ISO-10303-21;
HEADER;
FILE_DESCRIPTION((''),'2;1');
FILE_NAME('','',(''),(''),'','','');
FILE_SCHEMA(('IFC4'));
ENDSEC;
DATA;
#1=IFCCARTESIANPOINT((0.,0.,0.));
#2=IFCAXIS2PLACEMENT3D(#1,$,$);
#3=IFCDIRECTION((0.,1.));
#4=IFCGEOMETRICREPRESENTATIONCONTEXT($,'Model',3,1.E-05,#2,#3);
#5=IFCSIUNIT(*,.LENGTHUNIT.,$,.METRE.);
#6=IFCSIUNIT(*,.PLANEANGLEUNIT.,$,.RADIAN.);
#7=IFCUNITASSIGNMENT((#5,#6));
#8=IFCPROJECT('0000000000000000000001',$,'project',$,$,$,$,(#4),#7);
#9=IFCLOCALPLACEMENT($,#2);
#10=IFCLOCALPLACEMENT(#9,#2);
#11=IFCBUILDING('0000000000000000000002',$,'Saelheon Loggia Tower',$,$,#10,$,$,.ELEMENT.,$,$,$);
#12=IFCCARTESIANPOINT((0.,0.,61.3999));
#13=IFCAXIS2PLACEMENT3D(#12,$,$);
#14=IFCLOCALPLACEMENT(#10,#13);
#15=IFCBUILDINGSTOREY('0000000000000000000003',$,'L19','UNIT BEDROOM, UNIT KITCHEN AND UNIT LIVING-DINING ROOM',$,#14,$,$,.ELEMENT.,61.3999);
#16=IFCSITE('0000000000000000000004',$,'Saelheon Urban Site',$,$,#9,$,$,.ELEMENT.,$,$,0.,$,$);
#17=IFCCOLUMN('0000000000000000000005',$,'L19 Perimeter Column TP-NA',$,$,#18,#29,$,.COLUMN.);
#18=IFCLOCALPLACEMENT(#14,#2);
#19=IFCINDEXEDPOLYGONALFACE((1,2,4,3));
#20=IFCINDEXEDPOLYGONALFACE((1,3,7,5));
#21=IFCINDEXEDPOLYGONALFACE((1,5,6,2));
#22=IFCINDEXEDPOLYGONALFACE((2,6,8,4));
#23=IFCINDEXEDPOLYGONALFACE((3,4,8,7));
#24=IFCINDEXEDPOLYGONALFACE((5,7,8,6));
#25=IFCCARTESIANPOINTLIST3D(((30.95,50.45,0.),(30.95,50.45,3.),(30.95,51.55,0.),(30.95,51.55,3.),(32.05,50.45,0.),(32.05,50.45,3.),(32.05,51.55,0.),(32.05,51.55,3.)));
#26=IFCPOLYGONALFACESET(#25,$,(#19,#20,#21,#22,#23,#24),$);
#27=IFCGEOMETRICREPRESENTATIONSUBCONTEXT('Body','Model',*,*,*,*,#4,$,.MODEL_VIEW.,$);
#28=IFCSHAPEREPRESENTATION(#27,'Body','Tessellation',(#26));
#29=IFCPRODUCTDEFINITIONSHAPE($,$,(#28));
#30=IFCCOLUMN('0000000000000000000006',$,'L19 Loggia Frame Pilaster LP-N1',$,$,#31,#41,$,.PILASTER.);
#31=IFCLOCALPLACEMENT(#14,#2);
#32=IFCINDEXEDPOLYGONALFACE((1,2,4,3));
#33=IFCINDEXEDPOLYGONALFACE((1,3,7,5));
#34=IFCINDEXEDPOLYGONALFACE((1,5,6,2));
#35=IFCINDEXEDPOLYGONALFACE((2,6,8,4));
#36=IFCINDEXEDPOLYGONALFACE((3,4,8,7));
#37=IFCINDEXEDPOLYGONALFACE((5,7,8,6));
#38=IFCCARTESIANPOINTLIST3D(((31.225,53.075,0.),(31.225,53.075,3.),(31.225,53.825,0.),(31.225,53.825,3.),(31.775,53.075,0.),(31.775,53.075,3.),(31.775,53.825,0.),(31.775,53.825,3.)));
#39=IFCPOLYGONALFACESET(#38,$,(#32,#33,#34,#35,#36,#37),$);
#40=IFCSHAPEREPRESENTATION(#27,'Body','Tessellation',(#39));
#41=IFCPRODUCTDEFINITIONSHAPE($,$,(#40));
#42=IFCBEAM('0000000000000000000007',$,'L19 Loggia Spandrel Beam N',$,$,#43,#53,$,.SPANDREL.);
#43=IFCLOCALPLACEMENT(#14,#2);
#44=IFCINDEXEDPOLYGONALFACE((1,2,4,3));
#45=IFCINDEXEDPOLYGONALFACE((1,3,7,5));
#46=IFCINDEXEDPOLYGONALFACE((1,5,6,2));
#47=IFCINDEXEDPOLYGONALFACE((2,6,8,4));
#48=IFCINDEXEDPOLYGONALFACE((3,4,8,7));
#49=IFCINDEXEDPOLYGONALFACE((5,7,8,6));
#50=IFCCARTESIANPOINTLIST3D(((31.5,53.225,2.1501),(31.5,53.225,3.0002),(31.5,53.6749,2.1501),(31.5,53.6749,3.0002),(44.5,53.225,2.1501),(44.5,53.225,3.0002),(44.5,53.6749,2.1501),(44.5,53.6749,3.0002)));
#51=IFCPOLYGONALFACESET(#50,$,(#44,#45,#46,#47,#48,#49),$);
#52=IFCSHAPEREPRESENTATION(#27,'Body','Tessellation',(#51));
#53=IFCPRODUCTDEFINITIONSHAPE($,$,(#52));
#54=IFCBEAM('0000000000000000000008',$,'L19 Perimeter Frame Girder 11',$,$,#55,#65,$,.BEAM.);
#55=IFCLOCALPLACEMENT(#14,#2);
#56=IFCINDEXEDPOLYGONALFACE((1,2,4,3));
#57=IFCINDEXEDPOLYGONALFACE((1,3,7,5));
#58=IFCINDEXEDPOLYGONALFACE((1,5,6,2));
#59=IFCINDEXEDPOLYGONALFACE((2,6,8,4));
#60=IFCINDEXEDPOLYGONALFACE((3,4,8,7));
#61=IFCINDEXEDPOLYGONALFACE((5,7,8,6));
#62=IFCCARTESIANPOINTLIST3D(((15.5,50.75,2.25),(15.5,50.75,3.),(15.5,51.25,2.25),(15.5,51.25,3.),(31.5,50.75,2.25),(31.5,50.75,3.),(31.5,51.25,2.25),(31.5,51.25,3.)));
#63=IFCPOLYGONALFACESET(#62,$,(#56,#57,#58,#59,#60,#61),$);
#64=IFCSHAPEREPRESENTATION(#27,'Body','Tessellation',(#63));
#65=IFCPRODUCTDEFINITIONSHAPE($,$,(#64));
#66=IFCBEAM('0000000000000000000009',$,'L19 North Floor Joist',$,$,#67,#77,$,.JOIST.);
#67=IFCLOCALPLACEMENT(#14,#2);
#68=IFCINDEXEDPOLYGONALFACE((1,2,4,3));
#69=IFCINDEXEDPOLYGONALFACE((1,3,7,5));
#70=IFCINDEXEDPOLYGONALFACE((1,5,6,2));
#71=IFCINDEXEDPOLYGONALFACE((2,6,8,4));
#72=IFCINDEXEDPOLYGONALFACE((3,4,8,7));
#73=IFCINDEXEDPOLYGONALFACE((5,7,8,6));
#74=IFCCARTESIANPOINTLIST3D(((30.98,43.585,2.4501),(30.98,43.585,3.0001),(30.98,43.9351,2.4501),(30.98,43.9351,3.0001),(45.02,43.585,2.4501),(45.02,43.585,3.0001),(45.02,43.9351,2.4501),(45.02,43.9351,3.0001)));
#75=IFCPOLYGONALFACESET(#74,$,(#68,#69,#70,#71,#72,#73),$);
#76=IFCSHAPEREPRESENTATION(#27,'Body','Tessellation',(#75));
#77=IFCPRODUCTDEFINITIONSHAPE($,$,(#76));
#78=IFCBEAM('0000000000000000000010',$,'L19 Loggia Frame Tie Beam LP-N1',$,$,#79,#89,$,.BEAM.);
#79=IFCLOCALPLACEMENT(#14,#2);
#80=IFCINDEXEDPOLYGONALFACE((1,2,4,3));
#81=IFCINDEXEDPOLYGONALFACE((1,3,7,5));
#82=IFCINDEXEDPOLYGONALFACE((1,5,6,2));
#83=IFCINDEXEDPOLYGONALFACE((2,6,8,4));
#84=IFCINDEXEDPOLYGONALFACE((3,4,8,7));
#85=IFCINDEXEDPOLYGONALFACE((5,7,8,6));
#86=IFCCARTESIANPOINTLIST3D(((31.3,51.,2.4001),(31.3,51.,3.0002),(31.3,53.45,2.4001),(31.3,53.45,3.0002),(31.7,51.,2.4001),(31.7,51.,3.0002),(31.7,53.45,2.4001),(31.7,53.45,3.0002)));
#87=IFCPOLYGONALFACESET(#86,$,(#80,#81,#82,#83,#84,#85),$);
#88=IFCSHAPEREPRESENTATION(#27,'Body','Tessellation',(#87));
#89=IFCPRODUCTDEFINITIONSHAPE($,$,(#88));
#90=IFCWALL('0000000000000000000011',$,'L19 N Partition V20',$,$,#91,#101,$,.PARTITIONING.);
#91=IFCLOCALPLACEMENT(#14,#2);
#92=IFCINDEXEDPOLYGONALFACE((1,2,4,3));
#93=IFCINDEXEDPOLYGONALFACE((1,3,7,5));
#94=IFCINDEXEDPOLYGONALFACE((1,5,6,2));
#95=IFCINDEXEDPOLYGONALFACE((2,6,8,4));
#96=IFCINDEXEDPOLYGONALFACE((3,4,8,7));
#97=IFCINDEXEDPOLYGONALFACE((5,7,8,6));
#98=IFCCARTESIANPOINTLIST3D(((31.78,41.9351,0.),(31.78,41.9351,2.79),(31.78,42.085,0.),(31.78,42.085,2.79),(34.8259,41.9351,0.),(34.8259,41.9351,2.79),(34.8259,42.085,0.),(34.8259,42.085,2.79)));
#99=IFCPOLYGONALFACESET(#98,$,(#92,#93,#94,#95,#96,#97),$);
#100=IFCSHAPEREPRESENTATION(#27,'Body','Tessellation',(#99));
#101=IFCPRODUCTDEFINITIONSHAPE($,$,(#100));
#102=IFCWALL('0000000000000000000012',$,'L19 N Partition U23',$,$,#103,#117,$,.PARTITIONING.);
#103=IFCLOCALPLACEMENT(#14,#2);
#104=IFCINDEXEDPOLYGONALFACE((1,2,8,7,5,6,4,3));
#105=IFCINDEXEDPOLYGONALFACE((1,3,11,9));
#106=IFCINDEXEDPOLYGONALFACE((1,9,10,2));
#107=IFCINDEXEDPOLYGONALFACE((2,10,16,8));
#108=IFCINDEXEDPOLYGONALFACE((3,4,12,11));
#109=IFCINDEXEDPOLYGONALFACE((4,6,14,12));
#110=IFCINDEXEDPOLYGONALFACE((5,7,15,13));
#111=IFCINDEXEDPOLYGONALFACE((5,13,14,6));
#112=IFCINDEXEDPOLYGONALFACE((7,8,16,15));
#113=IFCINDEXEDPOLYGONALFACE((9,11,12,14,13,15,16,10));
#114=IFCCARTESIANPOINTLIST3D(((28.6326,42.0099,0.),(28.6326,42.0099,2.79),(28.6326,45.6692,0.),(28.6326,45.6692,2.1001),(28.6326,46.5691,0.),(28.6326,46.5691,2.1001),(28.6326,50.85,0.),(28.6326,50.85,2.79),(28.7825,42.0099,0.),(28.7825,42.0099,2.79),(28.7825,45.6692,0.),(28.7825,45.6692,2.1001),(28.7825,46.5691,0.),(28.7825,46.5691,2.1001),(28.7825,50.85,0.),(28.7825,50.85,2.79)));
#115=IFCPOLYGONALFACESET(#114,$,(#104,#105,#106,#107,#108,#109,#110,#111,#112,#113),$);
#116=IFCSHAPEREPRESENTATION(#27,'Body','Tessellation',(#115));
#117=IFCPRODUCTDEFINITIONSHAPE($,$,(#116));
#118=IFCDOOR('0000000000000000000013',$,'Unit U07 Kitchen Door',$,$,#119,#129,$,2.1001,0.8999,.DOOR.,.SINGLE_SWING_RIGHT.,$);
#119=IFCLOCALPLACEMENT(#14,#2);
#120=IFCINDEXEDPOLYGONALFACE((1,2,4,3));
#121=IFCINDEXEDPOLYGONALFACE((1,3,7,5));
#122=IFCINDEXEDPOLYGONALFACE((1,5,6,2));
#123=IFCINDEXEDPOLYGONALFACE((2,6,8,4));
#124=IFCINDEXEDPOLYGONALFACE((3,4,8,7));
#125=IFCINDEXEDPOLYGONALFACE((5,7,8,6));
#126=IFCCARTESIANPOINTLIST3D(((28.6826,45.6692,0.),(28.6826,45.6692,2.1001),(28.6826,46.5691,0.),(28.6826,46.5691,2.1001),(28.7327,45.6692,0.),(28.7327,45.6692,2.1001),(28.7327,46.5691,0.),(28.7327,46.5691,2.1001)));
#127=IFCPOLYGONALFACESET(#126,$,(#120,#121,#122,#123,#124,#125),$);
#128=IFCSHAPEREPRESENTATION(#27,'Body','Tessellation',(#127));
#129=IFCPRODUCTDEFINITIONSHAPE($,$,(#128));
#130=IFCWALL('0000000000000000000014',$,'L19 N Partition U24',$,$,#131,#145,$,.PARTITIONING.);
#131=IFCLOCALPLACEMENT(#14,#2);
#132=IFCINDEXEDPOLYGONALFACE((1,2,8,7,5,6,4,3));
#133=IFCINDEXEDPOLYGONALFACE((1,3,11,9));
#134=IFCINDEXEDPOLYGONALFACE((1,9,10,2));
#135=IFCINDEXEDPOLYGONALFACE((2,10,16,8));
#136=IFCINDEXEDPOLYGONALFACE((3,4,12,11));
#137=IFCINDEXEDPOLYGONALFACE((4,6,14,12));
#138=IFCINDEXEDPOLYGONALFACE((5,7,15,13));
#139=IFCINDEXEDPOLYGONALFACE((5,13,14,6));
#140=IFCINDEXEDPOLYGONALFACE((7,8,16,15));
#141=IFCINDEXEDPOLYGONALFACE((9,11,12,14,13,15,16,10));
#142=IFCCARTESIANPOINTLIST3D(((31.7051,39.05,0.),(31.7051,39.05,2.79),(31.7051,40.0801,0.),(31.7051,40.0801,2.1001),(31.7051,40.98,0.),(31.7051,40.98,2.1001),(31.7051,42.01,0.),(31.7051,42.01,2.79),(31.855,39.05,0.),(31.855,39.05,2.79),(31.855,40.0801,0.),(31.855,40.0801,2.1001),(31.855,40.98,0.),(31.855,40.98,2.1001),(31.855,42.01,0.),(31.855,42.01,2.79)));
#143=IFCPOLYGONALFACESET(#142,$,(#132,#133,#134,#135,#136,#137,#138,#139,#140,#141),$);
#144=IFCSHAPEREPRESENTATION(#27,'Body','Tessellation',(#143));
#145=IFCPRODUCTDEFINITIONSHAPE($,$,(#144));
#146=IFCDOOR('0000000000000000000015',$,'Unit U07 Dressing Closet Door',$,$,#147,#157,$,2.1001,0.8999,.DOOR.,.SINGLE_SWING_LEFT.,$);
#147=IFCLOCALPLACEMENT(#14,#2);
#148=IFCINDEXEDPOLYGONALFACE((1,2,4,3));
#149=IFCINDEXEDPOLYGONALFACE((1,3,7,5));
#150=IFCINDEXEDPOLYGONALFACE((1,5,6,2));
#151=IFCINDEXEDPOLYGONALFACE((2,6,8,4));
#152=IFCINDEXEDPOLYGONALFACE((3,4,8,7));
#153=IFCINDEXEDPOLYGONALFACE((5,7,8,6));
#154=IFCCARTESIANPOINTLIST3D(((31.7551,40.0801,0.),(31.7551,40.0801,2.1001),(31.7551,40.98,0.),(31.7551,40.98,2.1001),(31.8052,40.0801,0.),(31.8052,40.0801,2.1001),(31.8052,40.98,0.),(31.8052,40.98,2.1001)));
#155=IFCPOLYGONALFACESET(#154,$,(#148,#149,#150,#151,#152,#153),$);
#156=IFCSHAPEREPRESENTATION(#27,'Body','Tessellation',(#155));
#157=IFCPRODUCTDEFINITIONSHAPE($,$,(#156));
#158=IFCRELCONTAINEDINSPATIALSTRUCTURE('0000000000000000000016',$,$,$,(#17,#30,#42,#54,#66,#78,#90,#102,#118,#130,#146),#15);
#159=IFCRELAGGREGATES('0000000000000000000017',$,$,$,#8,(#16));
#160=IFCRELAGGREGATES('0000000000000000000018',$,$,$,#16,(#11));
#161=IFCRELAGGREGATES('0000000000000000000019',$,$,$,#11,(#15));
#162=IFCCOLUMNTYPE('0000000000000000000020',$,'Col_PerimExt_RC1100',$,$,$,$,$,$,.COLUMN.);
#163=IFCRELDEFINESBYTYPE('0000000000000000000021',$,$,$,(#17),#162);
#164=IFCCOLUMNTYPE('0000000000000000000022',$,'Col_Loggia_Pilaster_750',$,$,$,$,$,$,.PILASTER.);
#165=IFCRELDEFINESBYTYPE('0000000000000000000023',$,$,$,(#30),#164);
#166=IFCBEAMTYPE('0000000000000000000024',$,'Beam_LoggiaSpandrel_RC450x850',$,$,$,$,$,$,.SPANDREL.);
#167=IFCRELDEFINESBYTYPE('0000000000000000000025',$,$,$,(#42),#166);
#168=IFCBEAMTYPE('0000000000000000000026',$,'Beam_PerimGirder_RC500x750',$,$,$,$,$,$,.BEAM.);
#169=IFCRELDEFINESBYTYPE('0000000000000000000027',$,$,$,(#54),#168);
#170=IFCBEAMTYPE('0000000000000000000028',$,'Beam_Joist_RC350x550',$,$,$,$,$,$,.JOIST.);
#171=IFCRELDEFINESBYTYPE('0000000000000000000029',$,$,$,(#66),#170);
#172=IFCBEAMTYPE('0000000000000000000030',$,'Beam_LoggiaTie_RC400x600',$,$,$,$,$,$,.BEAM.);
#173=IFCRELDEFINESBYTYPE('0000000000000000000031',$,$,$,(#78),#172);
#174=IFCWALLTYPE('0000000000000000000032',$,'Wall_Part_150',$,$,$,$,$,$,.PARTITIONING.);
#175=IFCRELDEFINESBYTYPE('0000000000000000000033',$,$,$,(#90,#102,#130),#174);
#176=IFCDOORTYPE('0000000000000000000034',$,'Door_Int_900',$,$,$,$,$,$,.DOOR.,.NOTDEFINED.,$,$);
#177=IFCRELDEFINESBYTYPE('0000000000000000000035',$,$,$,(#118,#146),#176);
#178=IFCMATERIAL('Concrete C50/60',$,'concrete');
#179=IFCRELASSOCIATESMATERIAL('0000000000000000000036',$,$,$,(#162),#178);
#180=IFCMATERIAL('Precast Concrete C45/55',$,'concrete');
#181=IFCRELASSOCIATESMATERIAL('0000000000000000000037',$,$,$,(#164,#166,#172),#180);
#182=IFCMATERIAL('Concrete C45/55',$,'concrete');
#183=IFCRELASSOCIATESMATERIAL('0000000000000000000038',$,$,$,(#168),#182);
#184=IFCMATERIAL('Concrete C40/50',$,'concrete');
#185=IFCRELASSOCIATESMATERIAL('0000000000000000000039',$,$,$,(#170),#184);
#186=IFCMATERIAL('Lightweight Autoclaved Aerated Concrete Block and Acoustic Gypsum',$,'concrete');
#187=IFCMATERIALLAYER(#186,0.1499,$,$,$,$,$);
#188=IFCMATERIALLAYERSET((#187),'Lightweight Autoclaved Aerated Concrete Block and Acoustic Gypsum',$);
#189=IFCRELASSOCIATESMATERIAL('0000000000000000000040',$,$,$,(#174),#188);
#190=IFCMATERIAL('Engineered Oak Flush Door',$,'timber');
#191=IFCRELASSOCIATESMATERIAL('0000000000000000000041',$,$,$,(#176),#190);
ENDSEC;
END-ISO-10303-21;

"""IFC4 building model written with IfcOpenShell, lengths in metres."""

from ifc_helpers import new_model, si_unit, direction, frame, frame_2d, origin, origin_2d, place, context, subcontext, project, spatial, rectangle, extrude, source, transform, mapped, material, layer, layer_set, material_profile, profile_set, type_object, element, fill, save


model = new_model("IFC4")

# Units and contexts
model_context = context("Model", 3, precision=1e-05, world=origin(), true_north=direction((0.0, 1.0)))
body_context = subcontext(model_context, "Body", "Model", "MODEL_VIEW")
ifc_project = project(units=[si_unit("LENGTHUNIT", "METRE"), si_unit("PLANEANGLEUNIT", "RADIAN")], contexts=[model_context])

# Site, building, storey
site_placement = place(None, origin())
site = spatial("IfcSite", under=ifc_project, at=site_placement, Name="Saelheon Urban Site", CompositionType="ELEMENT", RefElevation=0.0)
building_placement = place(site_placement, origin())
building = spatial("IfcBuilding", under=site, at=building_placement, Name="Saelheon Loggia Tower", CompositionType="ELEMENT")
storey_placement = place(building_placement, frame((0.0, 0.0, 61.3999)))
storey = spatial("IfcBuildingStorey", under=building, at=storey_placement, Name="L19", Description="UNIT BEDROOM, UNIT KITCHEN AND UNIT LIVING-DINING ROOM", CompositionType="ELEMENT", Elevation=61.3999)

# Columns
ifc_material_1 = material(Name="Concrete C50/60", Category="concrete")
ifc_material_profile_1 = material_profile(ifc_material_1, rectangle(XDim=1.1001, YDim=1.1001, at=origin_2d()), Name="RC-1100x1100")
ifc_profile_set_1 = profile_set([ifc_material_profile_1], Name="Concrete C50/60")
column_type_1 = type_object("IfcColumnType", Name="Col_PerimExt_RC1100", PredefinedType="COLUMN", material=ifc_profile_set_1)
shared_shape_1 = source(origin(), body_context, "Body", "SweptSolid", [
    extrude(rectangle(XDim=1.1001, YDim=1.1001, at=origin_2d()), origin(), (0.0, 0.0, 1.0), 3.0),
])
column_1_placement = place(storey_placement, frame((31.5, 51.0, 0.0), z_axis=(0.0, 0.0, 1.0), x_axis=(1.0, 0.0, 0.0)))
element("IfcColumn", 1, at=column_1_placement, inside=storey, type_object=column_type_1, Name="L19 Perimeter Column TP-NA", PredefinedType="COLUMN", context=body_context, shape_type="MappedRepresentation", body=[
    mapped(shared_shape_1, transform((0.0, 0.0, 0.0), scale=1.0)),
])
ifc_material_2 = material(Name="Precast Concrete C45/55", Category="concrete")
ifc_material_profile_2 = material_profile(ifc_material_2, rectangle(XDim=0.55, YDim=0.75, at=origin_2d()), Name="RC-550x750")
ifc_profile_set_2 = profile_set([ifc_material_profile_2], Name="Precast Concrete C45/55")
column_type_2 = type_object("IfcColumnType", Name="Col_Loggia_Pilaster_750", PredefinedType="PILASTER", material=ifc_profile_set_2)
shared_shape_2 = source(origin(), body_context, "Body", "SweptSolid", [
    extrude(rectangle(XDim=0.55, YDim=0.75, at=origin_2d()), origin(), (0.0, 0.0, 1.0), 3.0),
])
column_2_placement = place(storey_placement, frame((31.5, 53.45, 0.0), z_axis=(0.0, 0.0, 1.0), x_axis=(1.0, 0.0, 0.0)))
element("IfcColumn", 2, at=column_2_placement, inside=storey, type_object=column_type_2, Name="L19 Loggia Frame Pilaster LP-N1", PredefinedType="PILASTER", context=body_context, shape_type="MappedRepresentation", body=[
    mapped(shared_shape_2, transform((0.0, 0.0, 0.0), scale=1.0)),
])

# Beams
ifc_material_profile_3 = material_profile(ifc_material_2, rectangle(XDim=0.45, YDim=0.8501, at=origin_2d()), Name="RC-450x850")
ifc_profile_set_3 = profile_set([ifc_material_profile_3], Name="Precast Concrete C45/55")
beam_type_1 = type_object("IfcBeamType", Name="Beam_LoggiaSpandrel_RC450x850", PredefinedType="SPANDREL", material=ifc_profile_set_3)
shared_shape_3 = source(origin(), body_context, "Body", "SweptSolid", [
    extrude(rectangle(XDim=0.45, YDim=0.8501, at=origin_2d()), origin(), (0.0, 0.0, 1.0), 13.0),
])
beam_1_placement = place(storey_placement, frame((31.5, 53.45, 2.5752), z_axis=(1.0, 0.0, 0.0), x_axis=(0.0, 1.0, 0.0)))
element("IfcBeam", 3, at=beam_1_placement, inside=storey, type_object=beam_type_1, Name="L19 Loggia Spandrel Beam N", PredefinedType="SPANDREL", context=body_context, shape_type="MappedRepresentation", body=[
    mapped(shared_shape_3, transform((0.0, 0.0, 0.0), scale=1.0)),
])
ifc_material_3 = material(Name="Concrete C45/55", Category="concrete")
ifc_material_profile_4 = material_profile(ifc_material_3, rectangle(XDim=0.5, YDim=0.75, at=origin_2d()), Name="RC-500x750")
ifc_profile_set_4 = profile_set([ifc_material_profile_4], Name="Concrete C45/55")
beam_type_2 = type_object("IfcBeamType", Name="Beam_PerimGirder_RC500x750", PredefinedType="BEAM", material=ifc_profile_set_4)
shared_shape_4 = source(origin(), body_context, "Body", "SweptSolid", [
    extrude(rectangle(XDim=0.5, YDim=0.75, at=origin_2d()), origin(), (0.0, 0.0, 1.0), 16.0),
])
beam_2_placement = place(storey_placement, frame((31.5, 51.0, 2.625), z_axis=(-1.0, 0.0, 0.0), x_axis=(0.0, -1.0, 0.0)))
element("IfcBeam", 4, at=beam_2_placement, inside=storey, type_object=beam_type_2, Name="L19 Perimeter Frame Girder 11", PredefinedType="BEAM", context=body_context, shape_type="MappedRepresentation", body=[
    mapped(shared_shape_4, transform((0.0, 0.0, 0.0), scale=1.0)),
])
ifc_material_4 = material(Name="Concrete C40/50", Category="concrete")
ifc_material_profile_5 = material_profile(ifc_material_4, rectangle(XDim=0.3501, YDim=0.55, at=origin_2d()), Name="RC-350x550")
ifc_profile_set_5 = profile_set([ifc_material_profile_5], Name="Concrete C40/50")
beam_type_3 = type_object("IfcBeamType", Name="Beam_Joist_RC350x550", PredefinedType="JOIST", material=ifc_profile_set_5)
shared_shape_5 = source(origin(), body_context, "Body", "SweptSolid", [
    extrude(rectangle(XDim=0.3501, YDim=0.55, at=origin_2d()), origin(), (0.0, 0.0, 1.0), 14.04),
])
beam_3_placement = place(storey_placement, frame((30.98, 43.76, 2.7251), z_axis=(1.0, 0.0, 0.0), x_axis=(0.0, 1.0, 0.0)))
element("IfcBeam", 5, at=beam_3_placement, inside=storey, type_object=beam_type_3, Name="L19 North Floor Joist", PredefinedType="JOIST", context=body_context, shape_type="MappedRepresentation", body=[
    mapped(shared_shape_5, transform((0.0, 0.0, 0.0), scale=1.0)),
])
ifc_material_profile_6 = material_profile(ifc_material_2, rectangle(XDim=0.3999, YDim=0.6001, at=origin_2d()), Name="RC-400x600")
ifc_profile_set_6 = profile_set([ifc_material_profile_6], Name="Precast Concrete C45/55")
beam_type_4 = type_object("IfcBeamType", Name="Beam_LoggiaTie_RC400x600", PredefinedType="BEAM", material=ifc_profile_set_6)
shared_shape_6 = source(origin(), body_context, "Body", "SweptSolid", [
    extrude(rectangle(XDim=0.3999, YDim=0.6001, at=origin_2d()), origin(), (0.0, 0.0, 1.0), 2.45),
])
beam_4_placement = place(storey_placement, frame((31.5, 51.0, 2.7002), z_axis=(0.0, 1.0, 0.0), x_axis=(-1.0, 0.0, 0.0)))
element("IfcBeam", 6, at=beam_4_placement, inside=storey, type_object=beam_type_4, Name="L19 Loggia Frame Tie Beam LP-N1", PredefinedType="BEAM", context=body_context, shape_type="MappedRepresentation", body=[
    mapped(shared_shape_6, transform((0.0, 0.0, 0.0), scale=1.0)),
])

# Wall
ifc_material_5 = material(Name="Lightweight Autoclaved Aerated Concrete Block and Acoustic Gypsum", Category="concrete")
ifc_layer_1 = layer(ifc_material_5, 0.1499)
ifc_layer_set_1 = layer_set([ifc_layer_1], Name="Lightweight Autoclaved Aerated Concrete Block and Acoustic Gypsum")
wall_type_1 = type_object("IfcWallType", Name="Wall_Part_150", PredefinedType="PARTITIONING", material=ifc_layer_set_1)
wall_1_placement = place(storey_placement, frame((31.78, 42.01, 0.0), z_axis=(0.0, 0.0, 1.0), x_axis=(1.0, 0.0, 0.0)))
element("IfcWall", 7, at=wall_1_placement, inside=storey, type_object=wall_type_1, Name="L19 N Partition V20", PredefinedType="PARTITIONING", context=body_context, shape_type="SweptSolid", body=[
    extrude(rectangle(XDim=3.0459, YDim=0.1499, at=frame_2d((1.5229, 0.0))), origin(), (0.0, 0.0, 1.0), 2.79),
])

# Walls, openings, doors
wall_2_placement = place(storey_placement, frame((28.7075, 42.01, 0.0), z_axis=(0.0, 0.0, 1.0), x_axis=(0.0, 1.0, 0.0)))
wall_2 = element("IfcWall", 8, at=wall_2_placement, inside=storey, type_object=wall_type_1, Name="L19 N Partition U23", PredefinedType="PARTITIONING", context=body_context, shape_type="SweptSolid", body=[
    extrude(rectangle(XDim=8.8401, YDim=0.1499, at=frame_2d((4.4199, 0.0))), origin(), (0.0, 0.0, 1.0), 2.79),
])
opening_1_placement = place(wall_2_placement, frame((3.6592, 0.0, 0.0)))
opening_1 = element("IfcOpeningElement", 9, at=opening_1_placement, cuts=wall_2, PredefinedType="OPENING", context=body_context, shape_type="SweptSolid", body=[
    extrude(rectangle(XDim=0.8999, YDim=2.1001, at=frame_2d((0.45, 1.05))), frame((0.0, 0.0869, 0.0), z_axis=(0.0, -1.0, 0.0), x_axis=(1.0, 0.0, 0.0)), (0.0, 0.0, 1.0), 0.1738),
])
ifc_material_6 = material(Name="Engineered Oak Flush Door", Category="timber")
door_type = type_object("IfcDoorType", Name="Door_Int_900", OperationType="NOTDEFINED", PredefinedType="DOOR", material=ifc_material_6)
shared_shape_7 = source(origin(), body_context, "Body", "SweptSolid", [
    extrude(rectangle(XDim=0.8999, YDim=2.1001, at=frame_2d((0.45, 1.05))), frame((0.0, 0.0249, 0.0), z_axis=(0.0, -1.0, 0.0), x_axis=(1.0, 0.0, 0.0)), (0.0, 0.0, 1.0), 0.05),
])
door_1_placement = place(opening_1_placement, origin())
door_1 = element("IfcDoor", 10, at=door_1_placement, inside=storey, type_object=door_type, Name="Unit U07 Kitchen Door", OperationType="SINGLE_SWING_RIGHT", OverallHeight=2.1001, OverallWidth=0.8999, PredefinedType="DOOR", context=body_context, shape_type="MappedRepresentation", body=[
    mapped(shared_shape_7, transform((0.0, 0.0, 0.0), scale=1.0)),
])
fill(opening_1, door_1)
wall_3_placement = place(storey_placement, frame((31.78, 39.05, 0.0), z_axis=(0.0, 0.0, 1.0), x_axis=(0.0, 1.0, 0.0)))
wall_3 = element("IfcWall", 11, at=wall_3_placement, inside=storey, type_object=wall_type_1, Name="L19 N Partition U24", PredefinedType="PARTITIONING", context=body_context, shape_type="SweptSolid", body=[
    extrude(rectangle(XDim=2.96, YDim=0.1499, at=frame_2d((1.48, 0.0))), origin(), (0.0, 0.0, 1.0), 2.79),
])
opening_2_placement = place(wall_3_placement, frame((1.03, 0.0, 0.0)))
opening_2 = element("IfcOpeningElement", 12, at=opening_2_placement, cuts=wall_3, PredefinedType="OPENING", context=body_context, shape_type="SweptSolid", body=[
    extrude(rectangle(XDim=0.8999, YDim=2.1001, at=frame_2d((0.45, 1.05))), frame((0.0, 0.0869, 0.0), z_axis=(0.0, -1.0, 0.0), x_axis=(1.0, 0.0, 0.0)), (0.0, 0.0, 1.0), 0.1738),
])
door_2_placement = place(opening_2_placement, origin())
door_2 = element("IfcDoor", 13, at=door_2_placement, inside=storey, type_object=door_type, Name="Unit U07 Dressing Closet Door", OperationType="SINGLE_SWING_LEFT", OverallHeight=2.1001, OverallWidth=0.8999, PredefinedType="DOOR", context=body_context, shape_type="MappedRepresentation", body=[
    mapped(shared_shape_7, transform((0.0, 0.0, 0.0), scale=1.0)),
])
fill(opening_2, door_2)

save(model, "model.ifc")
